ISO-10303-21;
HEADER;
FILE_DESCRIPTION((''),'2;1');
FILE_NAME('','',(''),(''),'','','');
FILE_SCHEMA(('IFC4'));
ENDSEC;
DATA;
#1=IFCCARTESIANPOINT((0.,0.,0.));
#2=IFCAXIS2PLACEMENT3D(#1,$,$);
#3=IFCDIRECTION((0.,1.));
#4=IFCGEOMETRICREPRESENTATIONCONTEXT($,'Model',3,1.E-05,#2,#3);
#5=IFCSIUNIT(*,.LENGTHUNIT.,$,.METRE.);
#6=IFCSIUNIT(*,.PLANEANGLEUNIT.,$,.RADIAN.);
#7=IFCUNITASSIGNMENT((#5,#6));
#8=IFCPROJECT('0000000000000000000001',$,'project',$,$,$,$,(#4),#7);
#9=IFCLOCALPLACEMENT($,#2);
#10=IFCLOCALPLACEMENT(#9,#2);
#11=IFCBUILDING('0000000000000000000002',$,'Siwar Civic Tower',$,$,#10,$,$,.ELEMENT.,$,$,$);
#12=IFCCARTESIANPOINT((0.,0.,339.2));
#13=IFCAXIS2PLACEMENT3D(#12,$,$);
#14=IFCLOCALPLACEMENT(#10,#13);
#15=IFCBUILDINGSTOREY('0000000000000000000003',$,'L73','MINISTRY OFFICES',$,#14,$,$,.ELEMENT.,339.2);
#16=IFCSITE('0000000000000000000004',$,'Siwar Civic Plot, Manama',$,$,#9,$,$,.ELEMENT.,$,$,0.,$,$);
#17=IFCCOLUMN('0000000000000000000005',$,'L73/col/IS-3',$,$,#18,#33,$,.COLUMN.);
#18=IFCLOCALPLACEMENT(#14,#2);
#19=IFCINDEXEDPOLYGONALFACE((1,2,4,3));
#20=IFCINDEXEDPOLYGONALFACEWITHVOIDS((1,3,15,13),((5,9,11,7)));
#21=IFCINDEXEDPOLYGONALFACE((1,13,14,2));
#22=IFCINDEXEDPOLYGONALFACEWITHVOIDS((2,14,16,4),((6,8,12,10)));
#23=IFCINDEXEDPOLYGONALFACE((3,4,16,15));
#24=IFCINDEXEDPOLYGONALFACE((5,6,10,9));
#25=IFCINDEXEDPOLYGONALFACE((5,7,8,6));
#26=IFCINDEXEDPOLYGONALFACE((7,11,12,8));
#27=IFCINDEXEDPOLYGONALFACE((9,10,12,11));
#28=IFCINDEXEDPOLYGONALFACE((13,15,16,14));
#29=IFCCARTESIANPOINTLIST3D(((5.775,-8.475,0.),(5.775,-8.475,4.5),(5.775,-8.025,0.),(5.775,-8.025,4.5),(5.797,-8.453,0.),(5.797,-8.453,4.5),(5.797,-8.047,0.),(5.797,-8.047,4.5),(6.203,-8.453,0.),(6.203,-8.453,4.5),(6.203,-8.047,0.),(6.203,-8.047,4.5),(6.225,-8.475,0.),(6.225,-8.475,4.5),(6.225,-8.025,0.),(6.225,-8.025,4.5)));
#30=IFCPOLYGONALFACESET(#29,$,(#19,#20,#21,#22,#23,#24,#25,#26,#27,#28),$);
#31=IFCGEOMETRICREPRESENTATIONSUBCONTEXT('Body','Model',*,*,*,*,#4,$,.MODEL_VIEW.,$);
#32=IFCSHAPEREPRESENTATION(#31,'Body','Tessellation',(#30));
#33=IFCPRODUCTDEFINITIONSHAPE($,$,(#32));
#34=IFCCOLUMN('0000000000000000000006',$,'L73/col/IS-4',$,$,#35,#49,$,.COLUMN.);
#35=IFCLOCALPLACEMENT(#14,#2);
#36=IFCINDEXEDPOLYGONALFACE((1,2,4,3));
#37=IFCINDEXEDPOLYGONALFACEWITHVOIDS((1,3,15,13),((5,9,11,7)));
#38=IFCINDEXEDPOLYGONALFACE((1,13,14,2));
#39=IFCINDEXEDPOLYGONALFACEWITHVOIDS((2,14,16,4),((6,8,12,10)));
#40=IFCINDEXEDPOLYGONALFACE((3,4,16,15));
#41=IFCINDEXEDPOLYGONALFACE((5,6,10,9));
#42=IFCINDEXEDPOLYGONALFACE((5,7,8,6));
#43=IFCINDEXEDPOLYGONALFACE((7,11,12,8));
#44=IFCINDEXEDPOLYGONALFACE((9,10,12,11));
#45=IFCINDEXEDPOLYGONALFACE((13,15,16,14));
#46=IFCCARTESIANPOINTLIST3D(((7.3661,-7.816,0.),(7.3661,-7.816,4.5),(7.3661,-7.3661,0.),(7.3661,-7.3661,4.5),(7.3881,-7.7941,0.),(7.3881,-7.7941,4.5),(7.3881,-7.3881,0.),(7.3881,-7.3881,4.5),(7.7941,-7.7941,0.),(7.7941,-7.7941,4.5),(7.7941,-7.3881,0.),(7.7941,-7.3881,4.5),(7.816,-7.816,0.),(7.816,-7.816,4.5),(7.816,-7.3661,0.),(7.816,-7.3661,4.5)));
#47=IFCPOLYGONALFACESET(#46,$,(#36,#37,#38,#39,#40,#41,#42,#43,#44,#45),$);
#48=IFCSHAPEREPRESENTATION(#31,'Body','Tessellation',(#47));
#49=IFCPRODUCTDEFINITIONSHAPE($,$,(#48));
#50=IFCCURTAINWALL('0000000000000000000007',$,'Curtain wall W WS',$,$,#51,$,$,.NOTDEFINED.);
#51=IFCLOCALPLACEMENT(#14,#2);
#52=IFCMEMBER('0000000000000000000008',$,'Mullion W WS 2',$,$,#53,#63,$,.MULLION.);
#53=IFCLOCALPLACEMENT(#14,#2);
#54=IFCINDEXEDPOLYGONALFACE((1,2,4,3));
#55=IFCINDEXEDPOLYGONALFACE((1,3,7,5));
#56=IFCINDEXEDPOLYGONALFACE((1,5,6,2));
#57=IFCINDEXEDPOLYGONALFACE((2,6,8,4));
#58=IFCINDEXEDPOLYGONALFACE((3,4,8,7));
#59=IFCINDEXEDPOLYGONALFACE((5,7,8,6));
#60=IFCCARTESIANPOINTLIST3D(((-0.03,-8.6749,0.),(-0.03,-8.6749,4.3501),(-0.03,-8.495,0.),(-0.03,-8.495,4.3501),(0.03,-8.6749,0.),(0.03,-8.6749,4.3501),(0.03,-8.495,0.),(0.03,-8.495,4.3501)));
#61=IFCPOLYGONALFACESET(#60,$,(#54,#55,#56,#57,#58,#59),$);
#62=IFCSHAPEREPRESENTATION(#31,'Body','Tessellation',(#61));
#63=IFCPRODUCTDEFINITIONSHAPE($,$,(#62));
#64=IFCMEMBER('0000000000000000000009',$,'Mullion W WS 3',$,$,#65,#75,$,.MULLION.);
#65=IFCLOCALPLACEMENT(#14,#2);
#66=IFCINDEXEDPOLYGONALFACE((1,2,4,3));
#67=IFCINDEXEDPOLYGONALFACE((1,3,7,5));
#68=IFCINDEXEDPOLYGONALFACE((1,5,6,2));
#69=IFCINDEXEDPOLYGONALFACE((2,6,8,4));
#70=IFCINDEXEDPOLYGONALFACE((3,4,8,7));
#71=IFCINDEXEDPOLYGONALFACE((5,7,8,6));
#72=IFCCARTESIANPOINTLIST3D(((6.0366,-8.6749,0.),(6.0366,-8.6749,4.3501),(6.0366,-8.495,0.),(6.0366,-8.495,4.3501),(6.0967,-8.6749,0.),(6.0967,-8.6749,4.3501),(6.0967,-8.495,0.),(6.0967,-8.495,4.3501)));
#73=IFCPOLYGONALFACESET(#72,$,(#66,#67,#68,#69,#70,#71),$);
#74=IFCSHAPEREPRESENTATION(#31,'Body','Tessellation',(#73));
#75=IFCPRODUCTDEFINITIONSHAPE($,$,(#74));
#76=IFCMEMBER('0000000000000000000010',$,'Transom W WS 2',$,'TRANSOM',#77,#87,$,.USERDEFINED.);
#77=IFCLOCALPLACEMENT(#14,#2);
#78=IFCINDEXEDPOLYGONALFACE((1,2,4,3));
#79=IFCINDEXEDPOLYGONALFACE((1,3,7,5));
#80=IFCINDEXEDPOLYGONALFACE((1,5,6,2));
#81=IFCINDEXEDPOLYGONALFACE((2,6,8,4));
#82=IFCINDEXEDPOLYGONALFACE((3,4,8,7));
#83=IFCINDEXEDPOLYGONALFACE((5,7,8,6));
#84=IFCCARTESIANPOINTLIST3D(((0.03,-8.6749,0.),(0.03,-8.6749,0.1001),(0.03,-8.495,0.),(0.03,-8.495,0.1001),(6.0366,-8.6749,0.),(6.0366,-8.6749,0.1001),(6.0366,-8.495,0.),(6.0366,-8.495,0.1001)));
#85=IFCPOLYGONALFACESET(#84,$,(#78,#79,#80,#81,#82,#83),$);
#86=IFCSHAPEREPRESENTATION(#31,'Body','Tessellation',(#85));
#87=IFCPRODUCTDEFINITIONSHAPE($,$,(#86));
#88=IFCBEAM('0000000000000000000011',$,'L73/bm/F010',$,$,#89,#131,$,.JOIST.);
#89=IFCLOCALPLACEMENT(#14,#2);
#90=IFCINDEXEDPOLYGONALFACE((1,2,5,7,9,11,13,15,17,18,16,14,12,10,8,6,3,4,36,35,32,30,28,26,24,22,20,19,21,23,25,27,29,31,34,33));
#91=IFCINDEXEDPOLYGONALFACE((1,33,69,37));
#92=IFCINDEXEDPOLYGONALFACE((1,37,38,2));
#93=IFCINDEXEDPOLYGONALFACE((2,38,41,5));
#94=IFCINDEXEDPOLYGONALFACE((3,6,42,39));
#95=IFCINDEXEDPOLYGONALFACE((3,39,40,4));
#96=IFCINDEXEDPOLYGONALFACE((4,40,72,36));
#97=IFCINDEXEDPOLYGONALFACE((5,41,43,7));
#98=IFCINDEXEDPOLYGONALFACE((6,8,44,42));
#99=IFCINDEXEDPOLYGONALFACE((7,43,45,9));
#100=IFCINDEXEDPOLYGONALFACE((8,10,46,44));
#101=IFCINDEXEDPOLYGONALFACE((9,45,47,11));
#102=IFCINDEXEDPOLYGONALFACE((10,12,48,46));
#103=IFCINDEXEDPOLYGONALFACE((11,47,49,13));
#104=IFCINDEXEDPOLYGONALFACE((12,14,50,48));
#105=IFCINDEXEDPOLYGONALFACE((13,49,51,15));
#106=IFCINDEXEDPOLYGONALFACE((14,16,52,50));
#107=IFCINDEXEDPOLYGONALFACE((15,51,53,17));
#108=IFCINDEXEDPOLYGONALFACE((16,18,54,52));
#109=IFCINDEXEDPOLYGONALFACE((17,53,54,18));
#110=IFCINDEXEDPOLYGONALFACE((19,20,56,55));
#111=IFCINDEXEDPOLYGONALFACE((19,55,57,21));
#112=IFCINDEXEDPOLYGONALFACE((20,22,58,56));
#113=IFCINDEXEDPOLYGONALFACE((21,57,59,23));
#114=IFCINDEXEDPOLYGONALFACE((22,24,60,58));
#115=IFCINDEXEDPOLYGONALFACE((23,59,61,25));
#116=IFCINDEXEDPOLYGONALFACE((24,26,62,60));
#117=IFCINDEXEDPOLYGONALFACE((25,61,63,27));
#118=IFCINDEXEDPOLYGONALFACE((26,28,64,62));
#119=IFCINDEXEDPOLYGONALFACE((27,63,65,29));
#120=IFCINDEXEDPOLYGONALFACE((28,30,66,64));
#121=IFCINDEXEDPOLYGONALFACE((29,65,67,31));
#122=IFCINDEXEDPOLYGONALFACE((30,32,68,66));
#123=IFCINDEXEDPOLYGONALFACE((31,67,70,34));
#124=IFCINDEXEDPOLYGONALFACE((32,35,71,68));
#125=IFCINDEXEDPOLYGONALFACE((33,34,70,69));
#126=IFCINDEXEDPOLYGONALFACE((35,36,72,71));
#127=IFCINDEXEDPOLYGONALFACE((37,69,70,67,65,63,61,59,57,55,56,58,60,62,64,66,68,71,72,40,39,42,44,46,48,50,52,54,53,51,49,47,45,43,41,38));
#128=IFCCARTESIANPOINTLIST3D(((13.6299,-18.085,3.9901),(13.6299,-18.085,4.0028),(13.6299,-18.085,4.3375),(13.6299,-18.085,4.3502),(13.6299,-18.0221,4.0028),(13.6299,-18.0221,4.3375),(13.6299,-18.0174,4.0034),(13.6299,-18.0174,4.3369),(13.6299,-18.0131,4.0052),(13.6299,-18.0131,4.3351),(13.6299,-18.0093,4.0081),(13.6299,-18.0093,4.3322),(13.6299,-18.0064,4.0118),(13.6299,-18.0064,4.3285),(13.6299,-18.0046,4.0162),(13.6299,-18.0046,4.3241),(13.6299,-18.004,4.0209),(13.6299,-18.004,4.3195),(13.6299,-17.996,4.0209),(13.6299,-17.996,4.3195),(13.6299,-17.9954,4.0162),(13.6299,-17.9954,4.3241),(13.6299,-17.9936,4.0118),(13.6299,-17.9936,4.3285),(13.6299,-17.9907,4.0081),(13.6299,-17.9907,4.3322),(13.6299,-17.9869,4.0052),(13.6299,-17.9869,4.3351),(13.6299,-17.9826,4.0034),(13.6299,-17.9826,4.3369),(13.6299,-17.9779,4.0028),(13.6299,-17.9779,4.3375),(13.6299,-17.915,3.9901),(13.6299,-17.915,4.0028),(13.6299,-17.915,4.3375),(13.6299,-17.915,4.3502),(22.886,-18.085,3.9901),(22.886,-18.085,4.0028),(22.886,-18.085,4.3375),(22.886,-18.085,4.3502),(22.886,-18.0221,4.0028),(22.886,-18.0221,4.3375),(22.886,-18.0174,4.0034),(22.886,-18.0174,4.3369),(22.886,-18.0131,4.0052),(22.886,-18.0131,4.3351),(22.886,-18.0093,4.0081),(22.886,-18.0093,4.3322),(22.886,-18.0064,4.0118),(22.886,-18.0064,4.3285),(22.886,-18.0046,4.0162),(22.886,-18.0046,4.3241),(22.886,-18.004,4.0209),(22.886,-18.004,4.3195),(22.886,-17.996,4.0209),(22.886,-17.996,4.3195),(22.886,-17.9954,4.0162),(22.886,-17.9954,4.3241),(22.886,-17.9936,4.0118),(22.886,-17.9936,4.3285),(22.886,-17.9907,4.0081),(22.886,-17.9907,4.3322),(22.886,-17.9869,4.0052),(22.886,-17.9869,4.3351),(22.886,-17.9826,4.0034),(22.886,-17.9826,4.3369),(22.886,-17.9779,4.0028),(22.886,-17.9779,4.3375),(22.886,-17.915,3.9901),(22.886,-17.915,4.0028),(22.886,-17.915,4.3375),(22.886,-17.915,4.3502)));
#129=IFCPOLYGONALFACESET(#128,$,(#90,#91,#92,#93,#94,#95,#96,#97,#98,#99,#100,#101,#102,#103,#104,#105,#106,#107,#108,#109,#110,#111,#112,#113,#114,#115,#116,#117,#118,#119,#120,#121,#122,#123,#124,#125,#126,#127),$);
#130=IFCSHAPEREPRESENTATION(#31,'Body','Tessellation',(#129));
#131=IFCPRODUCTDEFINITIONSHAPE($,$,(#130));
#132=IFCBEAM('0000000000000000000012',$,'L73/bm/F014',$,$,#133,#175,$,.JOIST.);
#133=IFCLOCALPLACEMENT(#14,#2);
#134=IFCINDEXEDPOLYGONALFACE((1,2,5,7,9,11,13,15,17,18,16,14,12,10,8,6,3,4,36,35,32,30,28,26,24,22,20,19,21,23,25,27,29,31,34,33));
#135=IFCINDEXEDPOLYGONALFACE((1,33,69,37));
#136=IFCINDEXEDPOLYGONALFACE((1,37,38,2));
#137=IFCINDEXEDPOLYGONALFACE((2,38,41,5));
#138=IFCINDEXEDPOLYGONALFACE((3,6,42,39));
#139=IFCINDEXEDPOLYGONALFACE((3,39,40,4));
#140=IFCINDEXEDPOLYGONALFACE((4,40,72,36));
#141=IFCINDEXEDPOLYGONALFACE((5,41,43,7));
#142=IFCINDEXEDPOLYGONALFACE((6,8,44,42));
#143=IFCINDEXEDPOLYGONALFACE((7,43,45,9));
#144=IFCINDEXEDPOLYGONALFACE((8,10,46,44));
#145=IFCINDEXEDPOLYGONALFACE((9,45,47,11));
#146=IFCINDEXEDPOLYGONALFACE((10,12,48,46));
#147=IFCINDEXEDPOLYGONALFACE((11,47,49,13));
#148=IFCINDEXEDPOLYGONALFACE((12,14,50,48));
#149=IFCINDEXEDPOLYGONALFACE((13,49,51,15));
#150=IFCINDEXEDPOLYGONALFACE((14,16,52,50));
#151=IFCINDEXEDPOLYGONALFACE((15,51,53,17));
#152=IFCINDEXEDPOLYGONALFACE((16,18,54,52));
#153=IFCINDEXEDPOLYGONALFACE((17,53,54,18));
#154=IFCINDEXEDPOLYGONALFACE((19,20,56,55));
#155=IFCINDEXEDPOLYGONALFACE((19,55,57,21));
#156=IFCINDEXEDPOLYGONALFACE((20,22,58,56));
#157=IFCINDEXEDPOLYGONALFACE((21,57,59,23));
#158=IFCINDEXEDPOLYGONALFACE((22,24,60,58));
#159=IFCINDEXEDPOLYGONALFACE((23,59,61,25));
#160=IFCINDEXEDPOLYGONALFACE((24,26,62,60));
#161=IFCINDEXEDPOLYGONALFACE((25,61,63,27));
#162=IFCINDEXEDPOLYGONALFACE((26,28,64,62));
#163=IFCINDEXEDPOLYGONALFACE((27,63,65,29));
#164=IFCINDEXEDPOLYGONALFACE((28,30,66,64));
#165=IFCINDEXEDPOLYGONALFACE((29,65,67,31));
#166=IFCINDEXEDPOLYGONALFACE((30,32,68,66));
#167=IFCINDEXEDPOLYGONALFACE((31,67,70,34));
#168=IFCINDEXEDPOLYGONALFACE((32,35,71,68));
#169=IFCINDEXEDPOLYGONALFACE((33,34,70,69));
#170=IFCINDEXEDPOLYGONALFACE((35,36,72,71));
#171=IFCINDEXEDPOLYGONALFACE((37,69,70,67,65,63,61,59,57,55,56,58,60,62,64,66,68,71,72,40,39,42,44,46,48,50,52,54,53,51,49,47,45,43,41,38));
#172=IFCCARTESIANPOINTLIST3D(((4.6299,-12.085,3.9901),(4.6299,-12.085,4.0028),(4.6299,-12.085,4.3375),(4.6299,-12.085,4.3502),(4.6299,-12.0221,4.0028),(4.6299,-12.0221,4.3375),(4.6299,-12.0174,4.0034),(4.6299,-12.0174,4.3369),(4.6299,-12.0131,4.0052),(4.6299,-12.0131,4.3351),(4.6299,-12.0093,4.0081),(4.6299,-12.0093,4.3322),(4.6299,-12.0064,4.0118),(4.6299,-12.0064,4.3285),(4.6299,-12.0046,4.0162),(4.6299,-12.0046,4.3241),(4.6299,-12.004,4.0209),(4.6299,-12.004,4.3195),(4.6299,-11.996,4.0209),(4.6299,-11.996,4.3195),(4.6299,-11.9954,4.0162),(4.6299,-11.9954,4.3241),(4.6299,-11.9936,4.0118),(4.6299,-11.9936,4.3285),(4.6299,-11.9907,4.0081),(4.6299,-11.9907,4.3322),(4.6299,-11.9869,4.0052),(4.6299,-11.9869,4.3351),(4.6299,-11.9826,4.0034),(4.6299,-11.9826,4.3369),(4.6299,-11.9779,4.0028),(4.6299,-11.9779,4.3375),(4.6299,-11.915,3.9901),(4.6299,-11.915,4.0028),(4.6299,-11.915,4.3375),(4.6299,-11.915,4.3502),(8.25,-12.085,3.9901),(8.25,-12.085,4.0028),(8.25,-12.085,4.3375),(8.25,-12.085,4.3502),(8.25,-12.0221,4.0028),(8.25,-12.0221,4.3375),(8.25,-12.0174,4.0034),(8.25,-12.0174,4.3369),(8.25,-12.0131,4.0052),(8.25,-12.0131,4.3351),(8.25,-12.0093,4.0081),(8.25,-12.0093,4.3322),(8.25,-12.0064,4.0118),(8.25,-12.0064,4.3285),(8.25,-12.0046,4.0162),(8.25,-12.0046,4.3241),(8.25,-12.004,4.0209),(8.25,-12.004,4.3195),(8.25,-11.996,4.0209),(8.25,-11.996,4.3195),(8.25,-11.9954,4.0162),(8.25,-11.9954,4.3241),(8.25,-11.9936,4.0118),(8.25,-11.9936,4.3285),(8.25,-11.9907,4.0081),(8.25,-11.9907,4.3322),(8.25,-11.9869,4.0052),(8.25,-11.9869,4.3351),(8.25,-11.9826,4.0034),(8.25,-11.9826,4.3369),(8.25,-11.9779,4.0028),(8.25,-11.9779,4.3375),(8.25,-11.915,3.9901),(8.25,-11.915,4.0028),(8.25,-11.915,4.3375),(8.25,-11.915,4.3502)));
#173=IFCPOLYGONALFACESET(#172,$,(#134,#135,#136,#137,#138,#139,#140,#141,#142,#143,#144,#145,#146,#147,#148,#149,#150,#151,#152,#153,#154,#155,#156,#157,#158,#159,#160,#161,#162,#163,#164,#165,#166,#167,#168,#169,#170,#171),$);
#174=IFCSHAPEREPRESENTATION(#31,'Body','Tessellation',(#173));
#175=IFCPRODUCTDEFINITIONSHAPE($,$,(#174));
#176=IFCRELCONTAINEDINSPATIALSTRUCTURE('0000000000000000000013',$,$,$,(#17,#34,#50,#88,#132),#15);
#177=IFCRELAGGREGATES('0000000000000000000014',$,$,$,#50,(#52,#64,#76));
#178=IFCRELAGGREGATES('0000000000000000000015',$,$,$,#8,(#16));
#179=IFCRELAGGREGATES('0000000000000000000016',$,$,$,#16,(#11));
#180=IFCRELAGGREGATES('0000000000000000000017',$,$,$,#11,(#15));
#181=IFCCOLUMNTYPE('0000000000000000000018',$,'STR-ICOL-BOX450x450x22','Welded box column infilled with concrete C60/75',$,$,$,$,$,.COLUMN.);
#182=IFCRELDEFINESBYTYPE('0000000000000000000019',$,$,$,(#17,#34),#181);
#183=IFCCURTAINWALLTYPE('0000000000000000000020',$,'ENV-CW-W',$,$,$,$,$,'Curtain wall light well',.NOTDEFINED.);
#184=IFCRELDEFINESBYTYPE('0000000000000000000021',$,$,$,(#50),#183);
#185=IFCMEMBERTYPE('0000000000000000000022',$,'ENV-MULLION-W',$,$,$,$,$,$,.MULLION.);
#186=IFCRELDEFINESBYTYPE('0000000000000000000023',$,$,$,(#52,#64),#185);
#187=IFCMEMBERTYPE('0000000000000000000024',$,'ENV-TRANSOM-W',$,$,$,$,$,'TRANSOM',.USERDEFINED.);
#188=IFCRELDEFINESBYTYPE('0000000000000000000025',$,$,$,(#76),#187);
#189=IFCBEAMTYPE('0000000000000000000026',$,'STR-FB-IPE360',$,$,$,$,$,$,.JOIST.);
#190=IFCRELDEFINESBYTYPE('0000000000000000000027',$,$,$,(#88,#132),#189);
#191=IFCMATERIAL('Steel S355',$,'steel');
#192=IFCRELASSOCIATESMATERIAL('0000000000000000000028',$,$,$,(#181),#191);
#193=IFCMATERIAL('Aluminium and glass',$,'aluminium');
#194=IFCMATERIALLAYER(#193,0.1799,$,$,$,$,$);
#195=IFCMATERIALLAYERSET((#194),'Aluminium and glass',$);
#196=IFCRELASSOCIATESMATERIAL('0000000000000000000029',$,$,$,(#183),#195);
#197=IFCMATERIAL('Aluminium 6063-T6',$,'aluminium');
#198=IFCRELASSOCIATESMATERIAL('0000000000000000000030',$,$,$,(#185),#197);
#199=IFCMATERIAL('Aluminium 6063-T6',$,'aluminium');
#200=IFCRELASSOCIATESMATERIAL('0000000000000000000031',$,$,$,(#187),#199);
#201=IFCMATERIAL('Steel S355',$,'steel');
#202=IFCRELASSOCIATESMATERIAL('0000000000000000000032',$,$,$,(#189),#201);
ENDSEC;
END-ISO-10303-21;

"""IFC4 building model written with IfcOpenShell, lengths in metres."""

from ifc_helpers import new_model, si_unit, direction, frame, origin, origin_2d, place, context, subcontext, project, spatial, rectangle, hollow_rectangle, i_section, extrude, material, layer, layer_set, material_profile, profile_set, type_object, element, aggregate, save


model = new_model("IFC4")

# Units and contexts
model_context = context("Model", 3, precision=1e-05, world=origin(), true_north=direction((0.0, 1.0)))
body_context = subcontext(model_context, "Body", "Model", "MODEL_VIEW")
ifc_project = project(units=[si_unit("LENGTHUNIT", "METRE"), si_unit("PLANEANGLEUNIT", "RADIAN")], contexts=[model_context])

# Site, building, storey
site_placement = place(None, origin())
site = spatial("IfcSite", under=ifc_project, at=site_placement, Name="Siwar Civic Plot, Manama", CompositionType="ELEMENT", RefElevation=0.0)
building_placement = place(site_placement, origin())
building = spatial("IfcBuilding", under=site, at=building_placement, Name="Siwar Civic Tower", CompositionType="ELEMENT")
storey_placement = place(building_placement, frame((0.0, 0.0, 339.2)))
storey = spatial("IfcBuildingStorey", under=building, at=storey_placement, Name="L73", Description="MINISTRY OFFICES", CompositionType="ELEMENT", Elevation=339.2)

# Columns
ifc_material_1 = material(Name="Steel S355", Category="steel")
ifc_material_profile_1 = material_profile(ifc_material_1, hollow_rectangle(XDim=0.45, YDim=0.45, WallThickness=0.022, at=origin_2d()), Name="BOX450x450x22")
ifc_profile_set_1 = profile_set([ifc_material_profile_1], Name="Steel S355")
column_type = type_object("IfcColumnType", Name="STR-ICOL-BOX450x450x22", Description="Welded box column infilled with concrete C60/75", PredefinedType="COLUMN", material=ifc_profile_set_1)
for number, where, z_axis, x_axis, name in (
    (1, (6.0, -8.25, 0.0), (0.0, 0.0, 1.0), (1.0, 0.0, 0.0), "L73/col/IS-3"),
    (2, (7.5911, -7.5911, 0.0), (0.0, 0.0, 1.0), (1.0, 0.0, 0.0), "L73/col/IS-4"),
):
    element("IfcColumn", number, at=place(storey_placement, frame(where, z_axis=z_axis, x_axis=x_axis)), inside=storey, type_object=column_type, Name=name, PredefinedType="COLUMN", context=body_context, shape_type="SweptSolid", body=[
        extrude(hollow_rectangle(XDim=0.45, YDim=0.45, WallThickness=0.022, at=origin_2d()), origin(), (0.0, 0.0, 1.0), 4.5),
    ])

# Curtain wall, members
ifc_material_2 = material(Name="Aluminium and glass", Category="aluminium")
ifc_layer_1 = layer(ifc_material_2, 0.1799)
ifc_layer_set_1 = layer_set([ifc_layer_1], Name="Aluminium and glass")
curtain_wall_type = type_object("IfcCurtainWallType", Name="ENV-CW-W", ElementType="Curtain wall light well", PredefinedType="NOTDEFINED", material=ifc_layer_set_1)
curtain_wall_placement = place(storey_placement, origin())
curtain_wall = element("IfcCurtainWall", 3, at=curtain_wall_placement, inside=storey, type_object=curtain_wall_type, Name="Curtain wall W WS", PredefinedType="NOTDEFINED")
ifc_material_3 = material(Name="Aluminium 6063-T6", Category="aluminium")
ifc_material_profile_2 = material_profile(ifc_material_3, rectangle(XDim=0.1799, YDim=0.0601, at=origin_2d()), Name="AL 180x60")
ifc_profile_set_2 = profile_set([ifc_material_profile_2], Name="Aluminium 6063-T6")
member_type_1 = type_object("IfcMemberType", Name="ENV-MULLION-W", PredefinedType="MULLION", material=ifc_profile_set_2)
member_1_placement = place(storey_placement, frame((0.0, -8.585, 0.0), z_axis=(0.0, 0.0, 1.0), x_axis=(0.0, 1.0, 0.0)))
member_1 = element("IfcMember", 4, at=member_1_placement, type_object=member_type_1, Name="Mullion W WS 2", PredefinedType="MULLION", context=body_context, shape_type="SweptSolid", body=[
    extrude(rectangle(XDim=0.1799, YDim=0.0601, at=origin_2d()), origin(), (0.0, 0.0, 1.0), 4.3501),
])
member_2_placement = place(storey_placement, frame((6.0667, -8.585, 0.0), z_axis=(0.0, 0.0, 1.0), x_axis=(0.0, 1.0, 0.0)))
member_2 = element("IfcMember", 5, at=member_2_placement, type_object=member_type_1, Name="Mullion W WS 3", PredefinedType="MULLION", context=body_context, shape_type="SweptSolid", body=[
    extrude(rectangle(XDim=0.1799, YDim=0.0601, at=origin_2d()), origin(), (0.0, 0.0, 1.0), 4.3501),
])
ifc_material_4 = material(Name="Aluminium 6063-T6", Category="aluminium")
ifc_material_profile_3 = material_profile(ifc_material_4, rectangle(XDim=0.1799, YDim=0.1001, at=origin_2d()), Name="AL 180x100")
ifc_profile_set_3 = profile_set([ifc_material_profile_3], Name="Aluminium 6063-T6")
member_type_2 = type_object("IfcMemberType", Name="ENV-TRANSOM-W", ElementType="TRANSOM", PredefinedType="USERDEFINED", material=ifc_profile_set_3)
member_3_placement = place(storey_placement, frame((0.03, -8.585, 0.05), z_axis=(1.0, 0.0, 0.0), x_axis=(0.0, 1.0, 0.0)))
member_3 = element("IfcMember", 6, at=member_3_placement, type_object=member_type_2, Name="Transom W WS 2", ObjectType="TRANSOM", PredefinedType="USERDEFINED", context=body_context, shape_type="SweptSolid", body=[
    extrude(rectangle(XDim=0.1799, YDim=0.1001, at=origin_2d()), origin(), (0.0, 0.0, 1.0), 6.0066),
])

# Beams
ifc_material_5 = material(Name="Steel S355", Category="steel")
ifc_material_profile_4 = material_profile(ifc_material_5, i_section(OverallWidth=0.1699, OverallDepth=0.3601, WebThickness=0.0081, FlangeThickness=0.0127, FilletRadius=0.0181, at=origin_2d()), Name="IPE360")
ifc_profile_set_4 = profile_set([ifc_material_profile_4], Name="Steel S355")
beam_type_1 = type_object("IfcBeamType", Name="STR-FB-IPE360", PredefinedType="JOIST", material=ifc_profile_set_4)
beam_1_placement = place(storey_placement, frame((13.6299, -18.0, 4.1702), z_axis=(1.0, 0.0, 0.0), x_axis=(0.0, 1.0, 0.0)))
element("IfcBeam", 7, at=beam_1_placement, inside=storey, type_object=beam_type_1, Name="L73/bm/F010", PredefinedType="JOIST", context=body_context, shape_type="SweptSolid", body=[
    extrude(i_section(OverallWidth=0.1699, OverallDepth=0.3601, WebThickness=0.0081, FlangeThickness=0.0127, FilletRadius=0.0181, at=origin_2d()), origin(), (0.0, 0.0, 1.0), 9.2561),
])
beam_2_placement = place(storey_placement, frame((4.6299, -12.0, 4.1702), z_axis=(1.0, 0.0, 0.0), x_axis=(0.0, 1.0, 0.0)))
element("IfcBeam", 8, at=beam_2_placement, inside=storey, type_object=beam_type_1, Name="L73/bm/F014", PredefinedType="JOIST", context=body_context, shape_type="SweptSolid", body=[
    extrude(i_section(OverallWidth=0.1699, OverallDepth=0.3601, WebThickness=0.0081, FlangeThickness=0.0127, FilletRadius=0.0181, at=origin_2d()), origin(), (0.0, 0.0, 1.0), 3.6201),
])

aggregate(curtain_wall, [member_1, member_2, member_3])

save(model, "model.ifc")
